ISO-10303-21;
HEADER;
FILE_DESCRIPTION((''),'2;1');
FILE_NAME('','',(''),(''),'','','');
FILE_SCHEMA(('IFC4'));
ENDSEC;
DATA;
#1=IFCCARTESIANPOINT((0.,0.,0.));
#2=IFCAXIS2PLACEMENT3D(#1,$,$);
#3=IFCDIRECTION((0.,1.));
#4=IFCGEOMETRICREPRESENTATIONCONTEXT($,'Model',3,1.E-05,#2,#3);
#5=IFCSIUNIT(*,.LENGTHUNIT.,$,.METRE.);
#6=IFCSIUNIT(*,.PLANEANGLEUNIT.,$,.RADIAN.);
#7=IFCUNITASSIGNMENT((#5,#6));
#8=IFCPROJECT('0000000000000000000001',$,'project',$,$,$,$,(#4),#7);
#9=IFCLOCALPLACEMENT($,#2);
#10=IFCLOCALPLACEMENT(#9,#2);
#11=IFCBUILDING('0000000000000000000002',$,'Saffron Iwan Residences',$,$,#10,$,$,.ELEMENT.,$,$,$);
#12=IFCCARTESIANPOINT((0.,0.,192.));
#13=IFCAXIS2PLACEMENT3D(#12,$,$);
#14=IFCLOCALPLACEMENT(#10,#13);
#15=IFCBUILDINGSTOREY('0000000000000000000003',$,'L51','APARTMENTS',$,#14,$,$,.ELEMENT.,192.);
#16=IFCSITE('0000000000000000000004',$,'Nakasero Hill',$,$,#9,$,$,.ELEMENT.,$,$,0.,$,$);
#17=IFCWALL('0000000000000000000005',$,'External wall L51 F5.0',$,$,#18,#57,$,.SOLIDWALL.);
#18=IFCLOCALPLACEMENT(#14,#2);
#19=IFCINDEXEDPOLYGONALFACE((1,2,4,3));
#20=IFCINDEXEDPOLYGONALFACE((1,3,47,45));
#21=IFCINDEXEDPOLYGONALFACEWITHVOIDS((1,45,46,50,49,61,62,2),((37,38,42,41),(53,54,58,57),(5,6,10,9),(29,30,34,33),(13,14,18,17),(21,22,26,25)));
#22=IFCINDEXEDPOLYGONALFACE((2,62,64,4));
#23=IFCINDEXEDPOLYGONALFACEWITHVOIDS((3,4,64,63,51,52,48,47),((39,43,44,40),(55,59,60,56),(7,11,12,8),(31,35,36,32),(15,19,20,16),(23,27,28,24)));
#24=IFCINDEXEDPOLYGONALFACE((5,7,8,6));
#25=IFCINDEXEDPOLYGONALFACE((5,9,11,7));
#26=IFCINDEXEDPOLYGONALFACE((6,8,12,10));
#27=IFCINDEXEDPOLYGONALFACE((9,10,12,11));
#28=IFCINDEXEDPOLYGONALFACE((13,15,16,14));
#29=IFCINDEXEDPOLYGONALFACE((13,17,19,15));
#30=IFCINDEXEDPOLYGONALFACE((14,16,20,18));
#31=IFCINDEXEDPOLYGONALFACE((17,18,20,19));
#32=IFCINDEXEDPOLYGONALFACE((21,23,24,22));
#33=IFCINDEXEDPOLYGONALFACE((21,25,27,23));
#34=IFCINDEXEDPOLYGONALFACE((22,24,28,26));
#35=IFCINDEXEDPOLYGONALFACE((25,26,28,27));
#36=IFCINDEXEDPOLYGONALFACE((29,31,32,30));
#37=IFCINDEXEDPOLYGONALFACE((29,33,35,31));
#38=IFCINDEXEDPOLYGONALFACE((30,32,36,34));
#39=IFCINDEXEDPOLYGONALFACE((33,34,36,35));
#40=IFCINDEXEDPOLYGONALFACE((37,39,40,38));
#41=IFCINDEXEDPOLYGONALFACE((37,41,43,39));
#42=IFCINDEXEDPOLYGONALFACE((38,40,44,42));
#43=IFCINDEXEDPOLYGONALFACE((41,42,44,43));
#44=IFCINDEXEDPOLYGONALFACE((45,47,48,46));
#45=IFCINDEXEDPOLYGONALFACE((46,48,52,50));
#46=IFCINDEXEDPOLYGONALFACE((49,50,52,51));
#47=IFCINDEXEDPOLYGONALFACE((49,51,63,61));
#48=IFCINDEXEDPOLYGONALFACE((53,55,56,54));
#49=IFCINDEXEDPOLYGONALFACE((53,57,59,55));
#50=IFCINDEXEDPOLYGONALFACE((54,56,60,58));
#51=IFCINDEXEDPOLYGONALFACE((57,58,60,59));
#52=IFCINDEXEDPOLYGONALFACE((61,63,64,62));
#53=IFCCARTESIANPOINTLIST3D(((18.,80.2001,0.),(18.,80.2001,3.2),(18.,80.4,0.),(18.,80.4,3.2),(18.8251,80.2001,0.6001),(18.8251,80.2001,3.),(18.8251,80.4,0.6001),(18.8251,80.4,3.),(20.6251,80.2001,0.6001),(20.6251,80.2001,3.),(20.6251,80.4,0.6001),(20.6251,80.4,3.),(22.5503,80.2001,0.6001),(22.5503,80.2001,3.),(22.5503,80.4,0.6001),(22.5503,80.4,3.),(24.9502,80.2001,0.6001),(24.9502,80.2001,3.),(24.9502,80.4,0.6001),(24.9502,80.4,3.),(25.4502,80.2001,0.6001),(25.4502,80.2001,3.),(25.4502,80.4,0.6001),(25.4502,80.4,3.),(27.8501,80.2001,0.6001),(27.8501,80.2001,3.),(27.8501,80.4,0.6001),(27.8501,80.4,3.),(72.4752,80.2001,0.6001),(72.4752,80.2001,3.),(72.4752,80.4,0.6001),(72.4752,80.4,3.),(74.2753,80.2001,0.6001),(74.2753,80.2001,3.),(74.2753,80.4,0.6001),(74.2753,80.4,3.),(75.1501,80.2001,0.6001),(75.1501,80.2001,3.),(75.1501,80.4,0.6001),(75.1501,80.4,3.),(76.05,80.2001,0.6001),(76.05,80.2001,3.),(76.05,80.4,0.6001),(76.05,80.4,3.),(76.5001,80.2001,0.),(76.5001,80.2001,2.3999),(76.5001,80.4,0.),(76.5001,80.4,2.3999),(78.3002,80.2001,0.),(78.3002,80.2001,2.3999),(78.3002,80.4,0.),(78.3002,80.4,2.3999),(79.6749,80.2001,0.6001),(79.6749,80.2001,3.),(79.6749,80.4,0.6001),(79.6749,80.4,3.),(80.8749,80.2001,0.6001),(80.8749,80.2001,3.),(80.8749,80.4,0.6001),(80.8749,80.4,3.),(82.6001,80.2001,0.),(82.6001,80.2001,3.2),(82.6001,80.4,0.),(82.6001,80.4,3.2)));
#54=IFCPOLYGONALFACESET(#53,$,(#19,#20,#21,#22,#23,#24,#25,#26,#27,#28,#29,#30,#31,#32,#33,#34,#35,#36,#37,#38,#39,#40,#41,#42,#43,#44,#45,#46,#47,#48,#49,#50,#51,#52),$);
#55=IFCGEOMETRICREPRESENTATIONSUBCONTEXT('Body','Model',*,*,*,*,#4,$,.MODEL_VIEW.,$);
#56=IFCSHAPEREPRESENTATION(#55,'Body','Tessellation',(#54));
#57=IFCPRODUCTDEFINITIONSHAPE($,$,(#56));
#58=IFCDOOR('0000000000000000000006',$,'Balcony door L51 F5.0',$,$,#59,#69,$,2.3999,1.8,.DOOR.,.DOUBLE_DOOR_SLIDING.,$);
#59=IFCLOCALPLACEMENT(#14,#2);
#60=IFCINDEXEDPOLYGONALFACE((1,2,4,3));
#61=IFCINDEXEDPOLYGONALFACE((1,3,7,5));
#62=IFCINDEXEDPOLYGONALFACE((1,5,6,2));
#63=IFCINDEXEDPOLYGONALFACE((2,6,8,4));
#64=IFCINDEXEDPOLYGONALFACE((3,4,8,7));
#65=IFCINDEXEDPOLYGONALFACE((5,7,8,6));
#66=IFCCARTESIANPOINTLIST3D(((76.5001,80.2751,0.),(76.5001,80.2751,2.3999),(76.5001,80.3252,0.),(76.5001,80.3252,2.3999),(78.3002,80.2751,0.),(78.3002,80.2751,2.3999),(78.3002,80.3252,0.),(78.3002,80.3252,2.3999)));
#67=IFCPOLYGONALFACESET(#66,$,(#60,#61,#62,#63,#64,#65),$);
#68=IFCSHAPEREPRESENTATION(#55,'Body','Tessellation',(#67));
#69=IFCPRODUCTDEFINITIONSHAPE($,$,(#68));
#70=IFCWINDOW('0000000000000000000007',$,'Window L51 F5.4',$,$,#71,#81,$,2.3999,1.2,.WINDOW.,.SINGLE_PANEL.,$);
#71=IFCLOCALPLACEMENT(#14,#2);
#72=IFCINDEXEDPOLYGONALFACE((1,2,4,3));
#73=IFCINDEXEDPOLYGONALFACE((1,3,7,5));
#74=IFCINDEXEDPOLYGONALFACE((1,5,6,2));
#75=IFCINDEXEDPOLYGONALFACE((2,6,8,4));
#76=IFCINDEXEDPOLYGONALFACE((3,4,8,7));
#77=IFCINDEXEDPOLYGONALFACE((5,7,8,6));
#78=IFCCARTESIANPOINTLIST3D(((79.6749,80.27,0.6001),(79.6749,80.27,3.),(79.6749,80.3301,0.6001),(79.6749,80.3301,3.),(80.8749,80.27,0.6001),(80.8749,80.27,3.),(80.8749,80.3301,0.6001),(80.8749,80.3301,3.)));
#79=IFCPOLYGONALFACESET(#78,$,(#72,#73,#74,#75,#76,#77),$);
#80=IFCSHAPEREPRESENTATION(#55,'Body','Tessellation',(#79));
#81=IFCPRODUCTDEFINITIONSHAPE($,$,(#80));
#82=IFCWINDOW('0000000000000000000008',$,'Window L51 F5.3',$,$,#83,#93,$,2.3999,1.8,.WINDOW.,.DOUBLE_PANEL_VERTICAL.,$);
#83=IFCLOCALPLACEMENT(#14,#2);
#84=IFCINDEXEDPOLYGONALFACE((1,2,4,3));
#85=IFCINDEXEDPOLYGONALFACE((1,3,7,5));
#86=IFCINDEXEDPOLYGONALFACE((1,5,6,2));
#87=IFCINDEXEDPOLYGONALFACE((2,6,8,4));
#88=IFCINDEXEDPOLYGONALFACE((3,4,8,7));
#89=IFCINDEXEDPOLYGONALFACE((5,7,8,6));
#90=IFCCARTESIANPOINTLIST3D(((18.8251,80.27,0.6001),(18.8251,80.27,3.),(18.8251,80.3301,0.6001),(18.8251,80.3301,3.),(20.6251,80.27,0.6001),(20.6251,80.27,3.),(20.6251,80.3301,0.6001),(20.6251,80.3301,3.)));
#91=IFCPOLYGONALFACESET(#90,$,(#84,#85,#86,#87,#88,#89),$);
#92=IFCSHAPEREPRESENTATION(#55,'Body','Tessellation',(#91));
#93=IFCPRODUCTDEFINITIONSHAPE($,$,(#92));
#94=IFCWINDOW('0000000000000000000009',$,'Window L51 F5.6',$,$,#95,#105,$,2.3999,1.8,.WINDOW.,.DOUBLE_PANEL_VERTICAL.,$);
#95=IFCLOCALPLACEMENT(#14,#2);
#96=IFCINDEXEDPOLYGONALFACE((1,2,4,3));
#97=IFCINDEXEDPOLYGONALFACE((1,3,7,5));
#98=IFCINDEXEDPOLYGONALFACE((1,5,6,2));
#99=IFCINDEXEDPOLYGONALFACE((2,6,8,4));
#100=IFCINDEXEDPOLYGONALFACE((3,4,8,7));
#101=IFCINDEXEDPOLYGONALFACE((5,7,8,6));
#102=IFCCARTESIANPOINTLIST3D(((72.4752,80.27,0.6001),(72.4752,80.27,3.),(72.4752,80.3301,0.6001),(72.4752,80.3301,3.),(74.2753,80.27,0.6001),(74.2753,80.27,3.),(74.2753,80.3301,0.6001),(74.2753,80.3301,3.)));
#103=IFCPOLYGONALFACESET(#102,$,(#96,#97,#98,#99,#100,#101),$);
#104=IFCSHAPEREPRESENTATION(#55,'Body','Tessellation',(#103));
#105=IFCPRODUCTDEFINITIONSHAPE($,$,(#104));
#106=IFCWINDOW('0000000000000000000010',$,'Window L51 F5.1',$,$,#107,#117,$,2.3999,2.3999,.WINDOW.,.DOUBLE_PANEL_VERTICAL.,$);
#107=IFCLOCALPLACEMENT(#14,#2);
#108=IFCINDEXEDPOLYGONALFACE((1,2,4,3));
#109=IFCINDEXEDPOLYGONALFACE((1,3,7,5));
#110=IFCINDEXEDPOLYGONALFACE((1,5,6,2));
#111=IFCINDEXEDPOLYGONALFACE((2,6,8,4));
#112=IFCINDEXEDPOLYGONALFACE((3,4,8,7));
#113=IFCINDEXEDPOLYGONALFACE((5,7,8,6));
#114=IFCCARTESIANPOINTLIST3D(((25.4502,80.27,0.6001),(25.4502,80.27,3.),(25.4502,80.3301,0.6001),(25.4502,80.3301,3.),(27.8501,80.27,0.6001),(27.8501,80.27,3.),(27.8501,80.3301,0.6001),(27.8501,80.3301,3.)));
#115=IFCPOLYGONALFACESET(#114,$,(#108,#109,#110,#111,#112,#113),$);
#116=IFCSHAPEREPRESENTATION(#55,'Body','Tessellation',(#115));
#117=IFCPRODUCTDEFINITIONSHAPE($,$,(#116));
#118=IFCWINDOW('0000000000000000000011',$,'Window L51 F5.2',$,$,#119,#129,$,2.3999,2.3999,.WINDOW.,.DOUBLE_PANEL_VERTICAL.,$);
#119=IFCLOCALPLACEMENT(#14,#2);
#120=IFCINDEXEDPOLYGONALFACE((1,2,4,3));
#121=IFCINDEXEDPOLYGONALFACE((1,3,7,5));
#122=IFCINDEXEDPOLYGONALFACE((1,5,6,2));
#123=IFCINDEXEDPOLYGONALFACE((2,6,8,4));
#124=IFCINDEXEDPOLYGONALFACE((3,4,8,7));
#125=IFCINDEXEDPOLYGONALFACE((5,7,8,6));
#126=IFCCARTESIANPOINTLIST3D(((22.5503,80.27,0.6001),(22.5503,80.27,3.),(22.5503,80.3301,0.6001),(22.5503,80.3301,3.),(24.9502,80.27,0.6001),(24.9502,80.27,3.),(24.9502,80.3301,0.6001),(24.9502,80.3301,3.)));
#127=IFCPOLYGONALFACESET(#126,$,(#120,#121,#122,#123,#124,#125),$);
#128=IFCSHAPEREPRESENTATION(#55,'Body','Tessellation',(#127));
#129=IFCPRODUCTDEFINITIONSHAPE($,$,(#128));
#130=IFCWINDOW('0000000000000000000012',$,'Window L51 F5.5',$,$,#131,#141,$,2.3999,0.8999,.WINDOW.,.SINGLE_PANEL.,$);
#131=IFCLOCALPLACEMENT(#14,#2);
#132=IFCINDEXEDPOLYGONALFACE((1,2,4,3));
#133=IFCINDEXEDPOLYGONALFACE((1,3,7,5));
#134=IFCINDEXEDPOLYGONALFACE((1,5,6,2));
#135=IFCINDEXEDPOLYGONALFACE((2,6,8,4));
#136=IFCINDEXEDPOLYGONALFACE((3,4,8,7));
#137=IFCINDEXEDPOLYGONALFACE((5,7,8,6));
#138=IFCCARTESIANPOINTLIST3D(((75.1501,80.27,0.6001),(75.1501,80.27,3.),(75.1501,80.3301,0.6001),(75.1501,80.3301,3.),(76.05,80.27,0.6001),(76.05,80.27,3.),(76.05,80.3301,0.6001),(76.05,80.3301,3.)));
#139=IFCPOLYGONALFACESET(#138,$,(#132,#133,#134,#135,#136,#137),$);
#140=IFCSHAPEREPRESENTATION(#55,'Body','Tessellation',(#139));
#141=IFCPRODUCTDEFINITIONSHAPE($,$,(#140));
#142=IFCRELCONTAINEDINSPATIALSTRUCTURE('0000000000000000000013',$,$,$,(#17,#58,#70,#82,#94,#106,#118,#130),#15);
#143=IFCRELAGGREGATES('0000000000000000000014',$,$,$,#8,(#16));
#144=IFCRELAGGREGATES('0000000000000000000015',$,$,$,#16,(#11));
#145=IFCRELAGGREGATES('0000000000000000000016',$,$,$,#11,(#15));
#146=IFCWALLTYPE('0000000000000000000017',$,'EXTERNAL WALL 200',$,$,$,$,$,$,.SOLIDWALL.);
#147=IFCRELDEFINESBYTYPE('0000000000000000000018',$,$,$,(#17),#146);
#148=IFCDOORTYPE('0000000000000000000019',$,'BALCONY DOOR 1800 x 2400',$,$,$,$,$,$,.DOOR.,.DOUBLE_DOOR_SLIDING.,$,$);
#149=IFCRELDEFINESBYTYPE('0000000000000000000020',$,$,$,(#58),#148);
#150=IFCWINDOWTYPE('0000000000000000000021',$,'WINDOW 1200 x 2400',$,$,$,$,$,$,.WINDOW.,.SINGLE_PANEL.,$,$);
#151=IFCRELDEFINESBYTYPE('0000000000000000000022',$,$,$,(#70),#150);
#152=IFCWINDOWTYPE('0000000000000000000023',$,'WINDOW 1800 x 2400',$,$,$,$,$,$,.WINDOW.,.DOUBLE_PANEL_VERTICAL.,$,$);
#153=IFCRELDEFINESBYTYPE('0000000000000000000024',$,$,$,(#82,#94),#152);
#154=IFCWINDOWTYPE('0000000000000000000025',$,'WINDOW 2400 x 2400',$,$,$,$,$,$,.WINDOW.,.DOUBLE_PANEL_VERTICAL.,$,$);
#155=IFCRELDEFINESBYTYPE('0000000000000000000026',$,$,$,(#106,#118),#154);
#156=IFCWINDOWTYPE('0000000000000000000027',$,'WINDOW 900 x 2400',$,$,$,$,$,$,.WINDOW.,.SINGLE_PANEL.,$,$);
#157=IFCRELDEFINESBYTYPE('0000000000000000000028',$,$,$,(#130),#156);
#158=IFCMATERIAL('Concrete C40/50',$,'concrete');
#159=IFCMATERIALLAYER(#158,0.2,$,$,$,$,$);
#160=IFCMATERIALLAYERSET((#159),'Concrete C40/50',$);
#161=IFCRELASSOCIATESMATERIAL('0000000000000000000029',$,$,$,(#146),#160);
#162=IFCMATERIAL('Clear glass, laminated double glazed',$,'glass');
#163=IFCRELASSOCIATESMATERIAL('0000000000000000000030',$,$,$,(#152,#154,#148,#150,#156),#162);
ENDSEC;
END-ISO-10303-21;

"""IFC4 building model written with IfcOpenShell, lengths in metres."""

from ifc_helpers import new_model, si_unit, direction, frame, frame_2d, origin, place, context, subcontext, project, spatial, rectangle, extrude, material, layer, layer_set, type_object, element, fill, save


model = new_model("IFC4")

# Units and contexts
model_context = context("Model", 3, precision=1e-05, world=origin(), true_north=direction((0.0, 1.0)))
body_context = subcontext(model_context, "Body", "Model", "MODEL_VIEW")
ifc_project = project(units=[si_unit("LENGTHUNIT", "METRE"), si_unit("PLANEANGLEUNIT", "RADIAN")], contexts=[model_context])

# Site, building, storey
site_placement = place(None, origin())
site = spatial("IfcSite", under=ifc_project, at=site_placement, Name="Nakasero Hill", CompositionType="ELEMENT", RefElevation=0.0)
building_placement = place(site_placement, origin())
building = spatial("IfcBuilding", under=site, at=building_placement, Name="Saffron Iwan Residences", CompositionType="ELEMENT")
storey_placement = place(building_placement, frame((0.0, 0.0, 192.0)))
storey = spatial("IfcBuildingStorey", under=building, at=storey_placement, Name="L51", Description="APARTMENTS", CompositionType="ELEMENT", Elevation=192.0)

# Shared definitions
ifc_material_1 = material(Name="Concrete C40/50", Category="concrete")
ifc_layer_1 = layer(ifc_material_1, 0.2)
ifc_layer_set_1 = layer_set([ifc_layer_1], Name="Concrete C40/50")
wall_type_1 = type_object("IfcWallType", Name="EXTERNAL WALL 200", PredefinedType="SOLIDWALL", material=ifc_layer_set_1)
ifc_material_2 = material(Name="Clear glass, laminated double glazed", Category="glass")
window_type_1 = type_object("IfcWindowType", Name="WINDOW 1800 x 2400", PartitioningType="DOUBLE_PANEL_VERTICAL", PredefinedType="WINDOW", material=ifc_material_2)
window_type_2 = type_object("IfcWindowType", Name="WINDOW 2400 x 2400", PartitioningType="DOUBLE_PANEL_VERTICAL", PredefinedType="WINDOW", material=ifc_material_2)

# Wall, openings, door, windows
wall_1_placement = place(storey_placement, frame((82.6001, 80.3, 0.0), z_axis=(0.0, 0.0, 1.0), x_axis=(-1.0, 0.0, 0.0)))
wall_1 = element("IfcWall", 1, at=wall_1_placement, inside=storey, type_object=wall_type_1, Name="External wall L51 F5.0", PredefinedType="SOLIDWALL", context=body_context, shape_type="SweptSolid", body=[
    extrude(rectangle(XDim=64.6001, YDim=0.2, at=frame_2d((32.3, 0.0))), origin(), (0.0, 0.0, 1.0), 3.2),
])
opening_1_placement = place(wall_1_placement, frame((4.3, 0.0, 0.0)))
opening_1 = element("IfcOpeningElement", 2, at=opening_1_placement, cuts=wall_1, PredefinedType="OPENING", context=body_context, shape_type="SweptSolid", body=[
    extrude(rectangle(XDim=1.8, YDim=2.3999, at=frame_2d((0.8999, 1.2))), frame((0.0, 0.1099, 0.0), z_axis=(0.0, -1.0, 0.0), x_axis=(1.0, 0.0, 0.0)), (0.0, 0.0, 1.0), 0.22),
])
opening_2_placement = place(wall_1_placement, frame((54.75, 0.0, 0.6001)))
opening_2 = element("IfcOpeningElement", 3, at=opening_2_placement, cuts=wall_1, PredefinedType="OPENING", context=body_context, shape_type="SweptSolid", body=[
    extrude(rectangle(XDim=2.3999, YDim=2.3999, at=frame_2d((1.2, 1.2))), frame((0.0, 0.1099, 0.0), z_axis=(0.0, -1.0, 0.0), x_axis=(1.0, 0.0, 0.0)), (0.0, 0.0, 1.0), 0.22),
])
opening_3_placement = place(wall_1_placement, frame((57.6499, 0.0, 0.6001)))
opening_3 = element("IfcOpeningElement", 4, at=opening_3_placement, cuts=wall_1, PredefinedType="OPENING", context=body_context, shape_type="SweptSolid", body=[
    extrude(rectangle(XDim=2.3999, YDim=2.3999, at=frame_2d((1.2, 1.2))), frame((0.0, 0.1099, 0.0), z_axis=(0.0, -1.0, 0.0), x_axis=(1.0, 0.0, 0.0)), (0.0, 0.0, 1.0), 0.22),
])
opening_4_placement = place(wall_1_placement, frame((61.9751, 0.0, 0.6001)))
opening_4 = element("IfcOpeningElement", 5, at=opening_4_placement, cuts=wall_1, PredefinedType="OPENING", context=body_context, shape_type="SweptSolid", body=[
    extrude(rectangle(XDim=1.8, YDim=2.3999, at=frame_2d((0.8999, 1.2))), frame((0.0, 0.1099, 0.0), z_axis=(0.0, -1.0, 0.0), x_axis=(1.0, 0.0, 0.0)), (0.0, 0.0, 1.0), 0.22),
])
opening_5_placement = place(wall_1_placement, frame((1.7251, 0.0, 0.6001)))
opening_5 = element("IfcOpeningElement", 6, at=opening_5_placement, cuts=wall_1, PredefinedType="OPENING", context=body_context, shape_type="SweptSolid", body=[
    extrude(rectangle(XDim=1.2, YDim=2.3999, at=frame_2d((0.6001, 1.2))), frame((0.0, 0.1099, 0.0), z_axis=(0.0, -1.0, 0.0), x_axis=(1.0, 0.0, 0.0)), (0.0, 0.0, 1.0), 0.22),
])
opening_6_placement = place(wall_1_placement, frame((6.55, 0.0, 0.6001)))
opening_6 = element("IfcOpeningElement", 7, at=opening_6_placement, cuts=wall_1, PredefinedType="OPENING", context=body_context, shape_type="SweptSolid", body=[
    extrude(rectangle(XDim=0.8999, YDim=2.3999, at=frame_2d((0.45, 1.2))), frame((0.0, 0.1099, 0.0), z_axis=(0.0, -1.0, 0.0), x_axis=(1.0, 0.0, 0.0)), (0.0, 0.0, 1.0), 0.22),
])
opening_7_placement = place(wall_1_placement, frame((8.325, 0.0, 0.6001)))
opening_7 = element("IfcOpeningElement", 8, at=opening_7_placement, cuts=wall_1, PredefinedType="OPENING", context=body_context, shape_type="SweptSolid", body=[
    extrude(rectangle(XDim=1.8, YDim=2.3999, at=frame_2d((0.8999, 1.2))), frame((0.0, 0.1099, 0.0), z_axis=(0.0, -1.0, 0.0), x_axis=(1.0, 0.0, 0.0)), (0.0, 0.0, 1.0), 0.22),
])
door_type = type_object("IfcDoorType", Name="BALCONY DOOR 1800 x 2400", OperationType="DOUBLE_DOOR_SLIDING", PredefinedType="DOOR", material=ifc_material_2)
door_placement = place(opening_1_placement, origin())
door = element("IfcDoor", 9, at=door_placement, inside=storey, type_object=door_type, Name="Balcony door L51 F5.0", OperationType="DOUBLE_DOOR_SLIDING", OverallHeight=2.3999, OverallWidth=1.8, PredefinedType="DOOR", context=body_context, shape_type="SweptSolid", body=[
    extrude(rectangle(XDim=1.8, YDim=2.3999, at=frame_2d((0.8999, 1.2))), frame((0.0, 0.0249, 0.0), z_axis=(0.0, -1.0, 0.0), x_axis=(1.0, 0.0, 0.0)), (0.0, 0.0, 1.0), 0.05),
])
fill(opening_1, door)
window_type_3 = type_object("IfcWindowType", Name="WINDOW 1200 x 2400", PartitioningType="SINGLE_PANEL", PredefinedType="WINDOW", material=ifc_material_2)
window_1_placement = place(opening_5_placement, origin())
window_1 = element("IfcWindow", 10, at=window_1_placement, inside=storey, type_object=window_type_3, Name="Window L51 F5.4", OverallHeight=2.3999, OverallWidth=1.2, PartitioningType="SINGLE_PANEL", PredefinedType="WINDOW", context=body_context, shape_type="SweptSolid", body=[
    extrude(rectangle(XDim=1.2, YDim=2.3999, at=frame_2d((0.6001, 1.2))), frame((0.0, 0.03, 0.0), z_axis=(0.0, -1.0, 0.0), x_axis=(1.0, 0.0, 0.0)), (0.0, 0.0, 1.0), 0.0601),
])
fill(opening_5, window_1)
window_2_placement = place(opening_4_placement, origin())
window_2 = element("IfcWindow", 11, at=window_2_placement, inside=storey, type_object=window_type_1, Name="Window L51 F5.3", OverallHeight=2.3999, OverallWidth=1.8, PartitioningType="DOUBLE_PANEL_VERTICAL", PredefinedType="WINDOW", context=body_context, shape_type="SweptSolid", body=[
    extrude(rectangle(XDim=1.8, YDim=2.3999, at=frame_2d((0.8999, 1.2))), frame((0.0, 0.03, 0.0), z_axis=(0.0, -1.0, 0.0), x_axis=(1.0, 0.0, 0.0)), (0.0, 0.0, 1.0), 0.0601),
])
fill(opening_4, window_2)
window_3_placement = place(opening_7_placement, origin())
window_3 = element("IfcWindow", 12, at=window_3_placement, inside=storey, type_object=window_type_1, Name="Window L51 F5.6", OverallHeight=2.3999, OverallWidth=1.8, PartitioningType="DOUBLE_PANEL_VERTICAL", PredefinedType="WINDOW", context=body_context, shape_type="SweptSolid", body=[
    extrude(rectangle(XDim=1.8, YDim=2.3999, at=frame_2d((0.8999, 1.2))), frame((0.0, 0.03, 0.0), z_axis=(0.0, -1.0, 0.0), x_axis=(1.0, 0.0, 0.0)), (0.0, 0.0, 1.0), 0.0601),
])
fill(opening_7, window_3)
window_4_placement = place(opening_2_placement, origin())
window_4 = element("IfcWindow", 13, at=window_4_placement, inside=storey, type_object=window_type_2, Name="Window L51 F5.1", OverallHeight=2.3999, OverallWidth=2.3999, PartitioningType="DOUBLE_PANEL_VERTICAL", PredefinedType="WINDOW", context=body_context, shape_type="SweptSolid", body=[
    extrude(rectangle(XDim=2.3999, YDim=2.3999, at=frame_2d((1.2, 1.2))), frame((0.0, 0.03, 0.0), z_axis=(0.0, -1.0, 0.0), x_axis=(1.0, 0.0, 0.0)), (0.0, 0.0, 1.0), 0.0601),
])
fill(opening_2, window_4)
window_5_placement = place(opening_3_placement, origin())
window_5 = element("IfcWindow", 14, at=window_5_placement, inside=storey, type_object=window_type_2, Name="Window L51 F5.2", OverallHeight=2.3999, OverallWidth=2.3999, PartitioningType="DOUBLE_PANEL_VERTICAL", PredefinedType="WINDOW", context=body_context, shape_type="SweptSolid", body=[
    extrude(rectangle(XDim=2.3999, YDim=2.3999, at=frame_2d((1.2, 1.2))), frame((0.0, 0.03, 0.0), z_axis=(0.0, -1.0, 0.0), x_axis=(1.0, 0.0, 0.0)), (0.0, 0.0, 1.0), 0.0601),
])
fill(opening_3, window_5)
window_type_4 = type_object("IfcWindowType", Name="WINDOW 900 x 2400", PartitioningType="SINGLE_PANEL", PredefinedType="WINDOW", material=ifc_material_2)
window_6_placement = place(opening_6_placement, origin())
window_6 = element("IfcWindow", 15, at=window_6_placement, inside=storey, type_object=window_type_4, Name="Window L51 F5.5", OverallHeight=2.3999, OverallWidth=0.8999, PartitioningType="SINGLE_PANEL", PredefinedType="WINDOW", context=body_context, shape_type="SweptSolid", body=[
    extrude(rectangle(XDim=0.8999, YDim=2.3999, at=frame_2d((0.45, 1.2))), frame((0.0, 0.03, 0.0), z_axis=(0.0, -1.0, 0.0), x_axis=(1.0, 0.0, 0.0)), (0.0, 0.0, 1.0), 0.0601),
])
fill(opening_6, window_6)

save(model, "model.ifc")
